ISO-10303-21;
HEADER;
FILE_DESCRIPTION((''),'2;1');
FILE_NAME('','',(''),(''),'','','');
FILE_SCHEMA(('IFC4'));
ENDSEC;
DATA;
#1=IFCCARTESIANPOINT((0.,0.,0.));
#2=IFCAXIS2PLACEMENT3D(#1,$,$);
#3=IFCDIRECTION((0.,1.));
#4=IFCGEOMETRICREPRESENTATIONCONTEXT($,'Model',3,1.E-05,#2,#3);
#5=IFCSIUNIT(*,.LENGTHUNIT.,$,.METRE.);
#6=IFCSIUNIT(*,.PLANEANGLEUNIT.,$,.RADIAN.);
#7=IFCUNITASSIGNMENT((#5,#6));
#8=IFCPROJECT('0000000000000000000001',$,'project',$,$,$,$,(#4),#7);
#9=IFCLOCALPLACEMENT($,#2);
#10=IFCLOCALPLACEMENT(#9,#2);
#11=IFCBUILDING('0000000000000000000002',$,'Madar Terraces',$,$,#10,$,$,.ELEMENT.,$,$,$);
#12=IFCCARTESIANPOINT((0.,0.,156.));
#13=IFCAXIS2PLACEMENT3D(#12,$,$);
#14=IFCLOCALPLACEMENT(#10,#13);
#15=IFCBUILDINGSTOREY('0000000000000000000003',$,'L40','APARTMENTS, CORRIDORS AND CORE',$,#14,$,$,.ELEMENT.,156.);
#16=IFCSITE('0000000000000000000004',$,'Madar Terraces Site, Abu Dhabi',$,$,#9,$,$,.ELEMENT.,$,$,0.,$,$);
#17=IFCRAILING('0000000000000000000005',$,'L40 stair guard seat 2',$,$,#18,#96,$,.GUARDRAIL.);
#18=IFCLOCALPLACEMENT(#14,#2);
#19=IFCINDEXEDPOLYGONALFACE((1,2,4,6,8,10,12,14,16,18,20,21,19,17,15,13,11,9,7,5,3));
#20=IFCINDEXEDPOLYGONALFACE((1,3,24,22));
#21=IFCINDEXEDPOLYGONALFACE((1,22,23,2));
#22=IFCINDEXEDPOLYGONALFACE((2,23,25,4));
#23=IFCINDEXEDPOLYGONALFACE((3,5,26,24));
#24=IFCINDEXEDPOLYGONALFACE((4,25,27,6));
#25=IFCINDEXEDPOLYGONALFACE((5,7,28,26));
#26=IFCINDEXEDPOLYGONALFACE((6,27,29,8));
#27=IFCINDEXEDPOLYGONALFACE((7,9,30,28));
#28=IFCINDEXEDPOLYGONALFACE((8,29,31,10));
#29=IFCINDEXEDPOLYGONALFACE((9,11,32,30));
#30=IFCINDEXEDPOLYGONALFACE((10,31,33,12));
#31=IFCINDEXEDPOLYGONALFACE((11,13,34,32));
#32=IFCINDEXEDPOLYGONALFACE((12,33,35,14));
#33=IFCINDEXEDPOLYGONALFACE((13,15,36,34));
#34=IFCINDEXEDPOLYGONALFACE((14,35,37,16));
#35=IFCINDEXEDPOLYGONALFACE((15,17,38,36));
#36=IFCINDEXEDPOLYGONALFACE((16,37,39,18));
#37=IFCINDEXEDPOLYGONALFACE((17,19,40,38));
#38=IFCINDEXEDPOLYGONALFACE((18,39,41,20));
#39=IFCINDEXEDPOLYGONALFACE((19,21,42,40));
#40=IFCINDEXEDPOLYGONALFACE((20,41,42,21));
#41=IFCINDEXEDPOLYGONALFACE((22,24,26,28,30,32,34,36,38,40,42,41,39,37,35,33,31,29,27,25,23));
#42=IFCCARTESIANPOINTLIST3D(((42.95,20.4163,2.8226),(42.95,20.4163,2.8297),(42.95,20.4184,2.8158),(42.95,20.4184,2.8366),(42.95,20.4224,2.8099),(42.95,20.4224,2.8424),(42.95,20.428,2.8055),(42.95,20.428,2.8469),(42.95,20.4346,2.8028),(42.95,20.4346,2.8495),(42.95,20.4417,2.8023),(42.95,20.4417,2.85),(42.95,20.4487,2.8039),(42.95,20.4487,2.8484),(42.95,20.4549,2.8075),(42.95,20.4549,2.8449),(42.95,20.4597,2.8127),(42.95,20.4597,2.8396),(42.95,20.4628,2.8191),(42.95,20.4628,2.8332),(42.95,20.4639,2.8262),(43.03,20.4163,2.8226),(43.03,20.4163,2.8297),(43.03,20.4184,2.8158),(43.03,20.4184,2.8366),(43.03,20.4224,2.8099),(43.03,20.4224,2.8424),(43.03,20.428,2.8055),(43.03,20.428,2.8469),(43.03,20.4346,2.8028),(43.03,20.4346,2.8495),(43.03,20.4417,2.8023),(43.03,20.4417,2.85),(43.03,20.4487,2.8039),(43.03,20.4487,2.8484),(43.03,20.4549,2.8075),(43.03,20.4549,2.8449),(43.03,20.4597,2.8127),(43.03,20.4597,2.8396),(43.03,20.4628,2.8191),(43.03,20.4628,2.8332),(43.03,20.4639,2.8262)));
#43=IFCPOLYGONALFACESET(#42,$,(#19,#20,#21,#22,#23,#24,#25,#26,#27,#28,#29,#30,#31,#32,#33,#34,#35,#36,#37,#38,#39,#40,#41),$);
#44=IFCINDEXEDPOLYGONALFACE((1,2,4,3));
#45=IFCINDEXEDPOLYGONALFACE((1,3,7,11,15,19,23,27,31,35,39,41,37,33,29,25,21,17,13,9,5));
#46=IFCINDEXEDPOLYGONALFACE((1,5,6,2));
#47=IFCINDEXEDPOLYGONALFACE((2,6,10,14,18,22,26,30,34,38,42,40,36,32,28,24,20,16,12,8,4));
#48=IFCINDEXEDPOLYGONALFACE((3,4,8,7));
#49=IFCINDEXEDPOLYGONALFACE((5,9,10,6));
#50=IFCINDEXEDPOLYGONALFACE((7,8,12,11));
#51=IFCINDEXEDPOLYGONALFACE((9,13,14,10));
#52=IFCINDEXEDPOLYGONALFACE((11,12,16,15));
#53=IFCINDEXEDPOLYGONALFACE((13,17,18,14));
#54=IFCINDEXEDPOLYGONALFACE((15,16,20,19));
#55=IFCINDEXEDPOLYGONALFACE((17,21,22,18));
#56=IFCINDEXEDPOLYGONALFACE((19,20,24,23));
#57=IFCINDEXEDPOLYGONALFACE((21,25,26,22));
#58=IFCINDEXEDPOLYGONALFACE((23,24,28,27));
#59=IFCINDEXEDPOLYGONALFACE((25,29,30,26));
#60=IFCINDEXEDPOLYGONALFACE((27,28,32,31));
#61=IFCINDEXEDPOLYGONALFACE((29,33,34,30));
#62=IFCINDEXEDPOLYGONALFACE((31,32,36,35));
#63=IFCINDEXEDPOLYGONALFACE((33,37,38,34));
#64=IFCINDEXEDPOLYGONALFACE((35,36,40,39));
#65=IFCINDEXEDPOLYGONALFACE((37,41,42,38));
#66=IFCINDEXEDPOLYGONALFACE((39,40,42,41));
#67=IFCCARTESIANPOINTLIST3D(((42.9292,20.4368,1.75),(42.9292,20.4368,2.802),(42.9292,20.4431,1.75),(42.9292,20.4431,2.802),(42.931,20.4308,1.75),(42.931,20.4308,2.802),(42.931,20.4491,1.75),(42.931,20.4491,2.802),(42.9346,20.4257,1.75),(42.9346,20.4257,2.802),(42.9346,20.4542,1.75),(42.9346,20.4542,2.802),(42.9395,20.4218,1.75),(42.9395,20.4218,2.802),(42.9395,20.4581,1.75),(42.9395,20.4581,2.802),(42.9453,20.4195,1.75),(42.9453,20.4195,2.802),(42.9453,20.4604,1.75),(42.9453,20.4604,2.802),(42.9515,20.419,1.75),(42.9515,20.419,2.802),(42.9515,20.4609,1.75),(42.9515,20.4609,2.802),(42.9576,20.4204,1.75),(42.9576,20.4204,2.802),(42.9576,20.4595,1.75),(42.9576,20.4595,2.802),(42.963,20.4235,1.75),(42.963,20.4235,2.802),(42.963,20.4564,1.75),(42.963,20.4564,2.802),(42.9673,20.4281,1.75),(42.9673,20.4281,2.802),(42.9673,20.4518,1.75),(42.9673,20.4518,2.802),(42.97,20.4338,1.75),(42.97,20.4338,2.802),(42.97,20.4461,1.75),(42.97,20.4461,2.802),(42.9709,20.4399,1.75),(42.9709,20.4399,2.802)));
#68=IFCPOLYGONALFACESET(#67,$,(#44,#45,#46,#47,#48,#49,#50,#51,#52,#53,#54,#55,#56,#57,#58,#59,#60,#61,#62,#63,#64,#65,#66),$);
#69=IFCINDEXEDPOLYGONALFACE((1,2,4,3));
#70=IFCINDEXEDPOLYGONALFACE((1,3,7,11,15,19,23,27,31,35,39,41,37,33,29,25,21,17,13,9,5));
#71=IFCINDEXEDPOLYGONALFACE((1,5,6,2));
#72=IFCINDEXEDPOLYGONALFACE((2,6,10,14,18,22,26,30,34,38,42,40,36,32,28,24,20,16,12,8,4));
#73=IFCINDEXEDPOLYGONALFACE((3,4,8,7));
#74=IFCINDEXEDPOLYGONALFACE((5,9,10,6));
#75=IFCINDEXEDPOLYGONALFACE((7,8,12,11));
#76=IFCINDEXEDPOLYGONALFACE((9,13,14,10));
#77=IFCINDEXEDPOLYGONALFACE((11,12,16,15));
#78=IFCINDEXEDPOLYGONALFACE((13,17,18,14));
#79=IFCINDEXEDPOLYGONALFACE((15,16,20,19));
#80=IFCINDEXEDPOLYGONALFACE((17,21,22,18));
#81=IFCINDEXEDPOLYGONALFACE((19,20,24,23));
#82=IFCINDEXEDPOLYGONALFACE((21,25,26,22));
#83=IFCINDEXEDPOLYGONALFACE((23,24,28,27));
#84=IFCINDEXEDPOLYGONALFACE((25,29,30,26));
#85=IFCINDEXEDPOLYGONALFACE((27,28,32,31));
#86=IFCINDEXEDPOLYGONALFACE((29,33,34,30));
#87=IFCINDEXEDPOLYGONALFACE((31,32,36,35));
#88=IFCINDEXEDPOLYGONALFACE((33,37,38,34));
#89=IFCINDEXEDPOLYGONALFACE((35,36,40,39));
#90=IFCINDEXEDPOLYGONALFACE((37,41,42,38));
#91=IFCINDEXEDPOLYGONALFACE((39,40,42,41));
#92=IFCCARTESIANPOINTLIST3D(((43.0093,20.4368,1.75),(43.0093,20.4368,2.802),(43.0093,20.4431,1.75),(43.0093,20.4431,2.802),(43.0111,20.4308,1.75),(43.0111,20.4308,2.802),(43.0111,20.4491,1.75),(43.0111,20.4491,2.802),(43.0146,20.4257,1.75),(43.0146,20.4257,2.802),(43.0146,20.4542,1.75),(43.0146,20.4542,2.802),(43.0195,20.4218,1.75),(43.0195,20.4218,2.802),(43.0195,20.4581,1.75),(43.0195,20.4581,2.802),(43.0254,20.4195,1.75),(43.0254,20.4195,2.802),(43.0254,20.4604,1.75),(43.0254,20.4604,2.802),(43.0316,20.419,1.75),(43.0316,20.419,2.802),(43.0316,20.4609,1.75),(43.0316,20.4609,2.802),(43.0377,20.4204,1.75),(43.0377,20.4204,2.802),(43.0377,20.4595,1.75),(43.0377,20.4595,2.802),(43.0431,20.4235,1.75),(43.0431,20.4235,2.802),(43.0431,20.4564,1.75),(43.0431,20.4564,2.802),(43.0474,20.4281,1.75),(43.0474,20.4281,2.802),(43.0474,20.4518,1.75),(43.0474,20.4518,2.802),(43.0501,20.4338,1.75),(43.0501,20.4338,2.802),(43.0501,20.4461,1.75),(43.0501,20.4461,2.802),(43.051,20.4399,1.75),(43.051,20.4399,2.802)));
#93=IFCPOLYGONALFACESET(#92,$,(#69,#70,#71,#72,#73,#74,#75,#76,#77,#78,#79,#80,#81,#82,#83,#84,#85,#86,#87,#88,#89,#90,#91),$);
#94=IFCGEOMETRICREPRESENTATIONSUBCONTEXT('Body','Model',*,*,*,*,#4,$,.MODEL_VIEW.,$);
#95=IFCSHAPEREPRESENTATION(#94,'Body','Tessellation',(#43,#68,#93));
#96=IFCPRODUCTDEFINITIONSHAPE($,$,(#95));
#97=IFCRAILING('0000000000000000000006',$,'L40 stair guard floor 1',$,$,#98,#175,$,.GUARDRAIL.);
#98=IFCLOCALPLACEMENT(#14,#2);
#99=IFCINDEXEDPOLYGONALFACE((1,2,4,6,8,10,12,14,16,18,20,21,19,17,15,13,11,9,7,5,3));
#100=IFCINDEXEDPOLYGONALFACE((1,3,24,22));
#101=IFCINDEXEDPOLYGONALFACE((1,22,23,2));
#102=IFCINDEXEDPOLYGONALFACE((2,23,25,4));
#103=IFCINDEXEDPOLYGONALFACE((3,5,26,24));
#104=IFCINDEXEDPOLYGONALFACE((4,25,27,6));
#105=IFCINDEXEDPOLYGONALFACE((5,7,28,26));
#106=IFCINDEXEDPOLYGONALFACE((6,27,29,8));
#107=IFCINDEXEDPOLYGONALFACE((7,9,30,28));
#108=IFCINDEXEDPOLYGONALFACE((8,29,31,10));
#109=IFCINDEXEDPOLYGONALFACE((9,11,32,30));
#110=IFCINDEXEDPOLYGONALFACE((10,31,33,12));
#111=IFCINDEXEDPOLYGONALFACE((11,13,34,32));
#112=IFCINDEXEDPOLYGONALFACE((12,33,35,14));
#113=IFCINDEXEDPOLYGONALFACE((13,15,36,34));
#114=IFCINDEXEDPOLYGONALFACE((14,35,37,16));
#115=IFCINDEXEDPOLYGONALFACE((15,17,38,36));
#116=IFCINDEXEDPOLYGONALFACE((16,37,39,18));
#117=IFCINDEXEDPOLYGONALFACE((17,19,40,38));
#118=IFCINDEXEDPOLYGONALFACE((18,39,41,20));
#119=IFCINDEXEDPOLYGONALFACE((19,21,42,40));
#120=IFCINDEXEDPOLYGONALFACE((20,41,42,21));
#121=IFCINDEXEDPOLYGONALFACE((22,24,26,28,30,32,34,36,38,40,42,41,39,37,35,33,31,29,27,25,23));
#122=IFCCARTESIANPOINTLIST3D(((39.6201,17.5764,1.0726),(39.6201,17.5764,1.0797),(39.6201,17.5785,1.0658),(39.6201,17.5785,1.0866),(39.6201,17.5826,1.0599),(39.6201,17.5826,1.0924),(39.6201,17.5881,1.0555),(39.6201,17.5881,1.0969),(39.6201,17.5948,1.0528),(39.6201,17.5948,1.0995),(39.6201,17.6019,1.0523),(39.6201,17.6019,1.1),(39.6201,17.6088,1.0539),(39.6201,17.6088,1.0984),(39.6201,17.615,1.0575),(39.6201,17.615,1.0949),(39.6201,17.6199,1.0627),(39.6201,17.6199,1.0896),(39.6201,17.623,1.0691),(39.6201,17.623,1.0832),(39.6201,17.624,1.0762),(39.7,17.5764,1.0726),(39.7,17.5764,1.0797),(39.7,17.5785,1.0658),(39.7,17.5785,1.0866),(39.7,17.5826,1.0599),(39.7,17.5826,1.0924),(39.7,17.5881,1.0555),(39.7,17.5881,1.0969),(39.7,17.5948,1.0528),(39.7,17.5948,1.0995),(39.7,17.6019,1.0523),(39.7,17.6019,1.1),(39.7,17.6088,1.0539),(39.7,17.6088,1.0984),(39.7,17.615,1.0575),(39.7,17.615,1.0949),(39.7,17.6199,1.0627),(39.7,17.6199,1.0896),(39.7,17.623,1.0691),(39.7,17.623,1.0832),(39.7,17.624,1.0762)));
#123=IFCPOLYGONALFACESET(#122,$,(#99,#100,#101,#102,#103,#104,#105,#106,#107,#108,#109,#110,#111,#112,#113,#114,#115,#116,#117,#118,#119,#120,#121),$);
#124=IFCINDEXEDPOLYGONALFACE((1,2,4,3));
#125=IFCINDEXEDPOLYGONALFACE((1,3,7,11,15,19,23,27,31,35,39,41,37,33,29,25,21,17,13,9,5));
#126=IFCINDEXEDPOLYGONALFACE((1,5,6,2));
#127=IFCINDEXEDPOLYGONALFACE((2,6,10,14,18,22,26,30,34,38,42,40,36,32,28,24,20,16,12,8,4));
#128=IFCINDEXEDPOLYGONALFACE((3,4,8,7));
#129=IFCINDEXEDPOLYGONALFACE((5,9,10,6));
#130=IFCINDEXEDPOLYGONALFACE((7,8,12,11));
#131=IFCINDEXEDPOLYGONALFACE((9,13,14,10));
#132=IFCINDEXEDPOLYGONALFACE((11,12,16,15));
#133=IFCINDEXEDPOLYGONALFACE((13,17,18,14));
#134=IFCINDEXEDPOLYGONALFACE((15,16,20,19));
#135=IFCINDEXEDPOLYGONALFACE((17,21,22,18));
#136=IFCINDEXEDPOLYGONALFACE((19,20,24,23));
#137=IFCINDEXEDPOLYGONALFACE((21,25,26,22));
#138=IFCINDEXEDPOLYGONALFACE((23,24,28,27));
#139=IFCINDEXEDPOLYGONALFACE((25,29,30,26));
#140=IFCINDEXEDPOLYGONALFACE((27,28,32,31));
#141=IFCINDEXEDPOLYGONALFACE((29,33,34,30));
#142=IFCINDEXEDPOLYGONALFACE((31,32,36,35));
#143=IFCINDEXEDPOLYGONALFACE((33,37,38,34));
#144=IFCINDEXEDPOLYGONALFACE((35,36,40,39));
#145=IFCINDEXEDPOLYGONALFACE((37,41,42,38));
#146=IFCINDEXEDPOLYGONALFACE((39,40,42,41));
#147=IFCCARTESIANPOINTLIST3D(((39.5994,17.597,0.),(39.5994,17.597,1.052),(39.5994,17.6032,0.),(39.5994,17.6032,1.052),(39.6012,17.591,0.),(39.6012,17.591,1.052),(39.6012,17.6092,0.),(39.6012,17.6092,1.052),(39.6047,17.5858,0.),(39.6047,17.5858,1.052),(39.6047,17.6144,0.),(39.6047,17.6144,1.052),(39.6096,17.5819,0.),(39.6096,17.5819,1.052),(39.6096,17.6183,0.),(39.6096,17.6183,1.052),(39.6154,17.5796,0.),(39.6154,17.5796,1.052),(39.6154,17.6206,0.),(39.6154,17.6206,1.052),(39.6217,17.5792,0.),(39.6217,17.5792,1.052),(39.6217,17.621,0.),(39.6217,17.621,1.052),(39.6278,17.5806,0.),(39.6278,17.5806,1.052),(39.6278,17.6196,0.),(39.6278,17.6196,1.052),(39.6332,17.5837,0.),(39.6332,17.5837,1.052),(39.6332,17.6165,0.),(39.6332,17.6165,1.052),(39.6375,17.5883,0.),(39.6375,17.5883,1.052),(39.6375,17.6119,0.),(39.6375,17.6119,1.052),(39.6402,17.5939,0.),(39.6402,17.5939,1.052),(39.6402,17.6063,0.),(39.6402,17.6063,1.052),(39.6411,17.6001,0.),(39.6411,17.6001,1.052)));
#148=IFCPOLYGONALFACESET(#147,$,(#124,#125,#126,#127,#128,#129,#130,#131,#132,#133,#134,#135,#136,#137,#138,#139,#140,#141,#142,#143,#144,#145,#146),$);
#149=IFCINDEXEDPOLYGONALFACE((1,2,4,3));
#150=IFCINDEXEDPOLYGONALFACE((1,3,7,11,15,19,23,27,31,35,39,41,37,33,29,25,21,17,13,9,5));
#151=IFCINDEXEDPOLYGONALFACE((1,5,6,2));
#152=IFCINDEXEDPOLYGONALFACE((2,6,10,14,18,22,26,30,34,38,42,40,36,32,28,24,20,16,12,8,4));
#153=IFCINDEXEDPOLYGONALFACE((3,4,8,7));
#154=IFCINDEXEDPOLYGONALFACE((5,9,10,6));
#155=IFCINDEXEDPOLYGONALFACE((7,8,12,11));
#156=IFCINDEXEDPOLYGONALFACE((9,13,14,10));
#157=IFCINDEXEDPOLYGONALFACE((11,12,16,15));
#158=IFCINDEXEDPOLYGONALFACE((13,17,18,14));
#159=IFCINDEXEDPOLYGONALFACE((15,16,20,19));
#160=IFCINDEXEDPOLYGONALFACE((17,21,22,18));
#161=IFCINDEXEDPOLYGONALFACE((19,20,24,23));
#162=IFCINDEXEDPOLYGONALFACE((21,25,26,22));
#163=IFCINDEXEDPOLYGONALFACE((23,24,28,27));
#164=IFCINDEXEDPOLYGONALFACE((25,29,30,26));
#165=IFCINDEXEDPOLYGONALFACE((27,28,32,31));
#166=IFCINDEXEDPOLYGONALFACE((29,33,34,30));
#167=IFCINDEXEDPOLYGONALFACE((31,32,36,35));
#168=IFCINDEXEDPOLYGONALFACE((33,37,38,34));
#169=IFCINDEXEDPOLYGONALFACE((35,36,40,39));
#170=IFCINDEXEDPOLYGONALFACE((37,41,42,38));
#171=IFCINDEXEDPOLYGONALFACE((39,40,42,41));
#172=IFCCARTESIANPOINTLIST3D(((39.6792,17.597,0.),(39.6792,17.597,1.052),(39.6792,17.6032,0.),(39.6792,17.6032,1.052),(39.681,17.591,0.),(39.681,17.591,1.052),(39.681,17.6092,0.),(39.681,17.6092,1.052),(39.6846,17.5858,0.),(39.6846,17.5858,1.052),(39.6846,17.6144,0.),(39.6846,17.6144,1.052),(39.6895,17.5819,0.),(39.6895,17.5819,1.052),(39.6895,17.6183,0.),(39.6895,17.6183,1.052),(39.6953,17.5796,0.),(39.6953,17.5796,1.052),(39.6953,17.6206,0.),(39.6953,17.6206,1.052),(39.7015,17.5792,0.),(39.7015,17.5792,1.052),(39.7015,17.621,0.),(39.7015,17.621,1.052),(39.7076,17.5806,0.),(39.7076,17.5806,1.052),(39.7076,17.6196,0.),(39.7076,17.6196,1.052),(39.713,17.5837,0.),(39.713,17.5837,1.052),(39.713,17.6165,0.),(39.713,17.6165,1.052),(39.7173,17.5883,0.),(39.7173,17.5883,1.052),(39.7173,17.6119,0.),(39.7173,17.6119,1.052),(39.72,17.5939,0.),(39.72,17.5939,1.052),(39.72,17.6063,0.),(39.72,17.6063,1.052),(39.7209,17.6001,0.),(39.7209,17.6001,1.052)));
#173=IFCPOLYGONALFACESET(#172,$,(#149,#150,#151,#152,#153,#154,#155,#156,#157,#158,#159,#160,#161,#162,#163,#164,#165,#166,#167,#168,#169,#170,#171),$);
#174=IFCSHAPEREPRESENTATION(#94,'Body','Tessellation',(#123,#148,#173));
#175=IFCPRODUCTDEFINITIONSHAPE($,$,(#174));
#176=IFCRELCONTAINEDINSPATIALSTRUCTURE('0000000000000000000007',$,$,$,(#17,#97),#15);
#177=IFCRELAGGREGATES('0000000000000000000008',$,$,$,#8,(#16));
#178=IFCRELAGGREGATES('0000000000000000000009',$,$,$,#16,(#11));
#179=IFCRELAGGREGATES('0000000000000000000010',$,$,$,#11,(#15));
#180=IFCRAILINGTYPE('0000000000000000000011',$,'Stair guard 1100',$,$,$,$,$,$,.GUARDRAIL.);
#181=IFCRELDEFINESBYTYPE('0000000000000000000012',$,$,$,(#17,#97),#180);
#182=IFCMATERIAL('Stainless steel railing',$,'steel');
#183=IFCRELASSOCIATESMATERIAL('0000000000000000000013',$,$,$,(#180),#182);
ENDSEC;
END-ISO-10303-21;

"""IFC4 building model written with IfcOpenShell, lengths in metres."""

from ifc_helpers import new_model, si_unit, direction, frame, origin, origin_2d, place, context, subcontext, project, spatial, circle, extrude, material, type_object, element, save


model = new_model("IFC4")

# Units and contexts
model_context = context("Model", 3, precision=1e-05, world=origin(), true_north=direction((0.0, 1.0)))
body_context = subcontext(model_context, "Body", "Model", "MODEL_VIEW")
ifc_project = project(units=[si_unit("LENGTHUNIT", "METRE"), si_unit("PLANEANGLEUNIT", "RADIAN")], contexts=[model_context])

# Site, building, storey
site_placement = place(None, origin())
site = spatial("IfcSite", under=ifc_project, at=site_placement, Name="Madar Terraces Site, Abu Dhabi", CompositionType="ELEMENT", RefElevation=0.0)
building_placement = place(site_placement, origin())
building = spatial("IfcBuilding", under=site, at=building_placement, Name="Madar Terraces", CompositionType="ELEMENT")
storey_placement = place(building_placement, frame((0.0, 0.0, 156.0)))
storey = spatial("IfcBuildingStorey", under=building, at=storey_placement, Name="L40", Description="APARTMENTS, CORRIDORS AND CORE", CompositionType="ELEMENT", Elevation=156.0)

# Railings
ifc_material_1 = material(Name="Stainless steel railing", Category="steel")
railing_type_1 = type_object("IfcRailingType", Name="Stair guard 1100", PredefinedType="GUARDRAIL", material=ifc_material_1)
railing_1_placement = place(storey_placement, frame((42.95, 20.4399, 1.75)))
element("IfcRailing", 1, at=railing_1_placement, inside=storey, type_object=railing_type_1, Name="L40 stair guard seat 2", PredefinedType="GUARDRAIL", context=body_context, shape_type="SweptSolid", body=[
    extrude(circle(Radius=0.0239, at=origin_2d()), frame((0.0, 0.0, 1.0762), z_axis=(1.0, 0.0, 0.0), x_axis=(0.0, 1.0, 0.0)), (0.0, 0.0, 1.0), 0.0801),
    extrude(circle(Radius=0.021, at=origin_2d()), origin(), (0.0, 0.0, 1.0), 1.052),
    extrude(circle(Radius=0.021, at=origin_2d()), frame((0.0801, 0.0, 0.0)), (0.0, 0.0, 1.0), 1.052),
])
railing_2_placement = place(storey_placement, frame((39.6201, 17.6001, 0.0)))
element("IfcRailing", 2, at=railing_2_placement, inside=storey, type_object=railing_type_1, Name="L40 stair guard floor 1", PredefinedType="GUARDRAIL", context=body_context, shape_type="SweptSolid", body=[
    extrude(circle(Radius=0.0239, at=origin_2d()), frame((0.0, 0.0, 1.0762), z_axis=(1.0, 0.0, 0.0), x_axis=(0.0, 1.0, 0.0)), (0.0, 0.0, 1.0), 0.0798),
    extrude(circle(Radius=0.021, at=origin_2d()), origin(), (0.0, 0.0, 1.0), 1.052),
    extrude(circle(Radius=0.021, at=origin_2d()), frame((0.0798, 0.0, 0.0)), (0.0, 0.0, 1.0), 1.052),
])

save(model, "model.ifc")
